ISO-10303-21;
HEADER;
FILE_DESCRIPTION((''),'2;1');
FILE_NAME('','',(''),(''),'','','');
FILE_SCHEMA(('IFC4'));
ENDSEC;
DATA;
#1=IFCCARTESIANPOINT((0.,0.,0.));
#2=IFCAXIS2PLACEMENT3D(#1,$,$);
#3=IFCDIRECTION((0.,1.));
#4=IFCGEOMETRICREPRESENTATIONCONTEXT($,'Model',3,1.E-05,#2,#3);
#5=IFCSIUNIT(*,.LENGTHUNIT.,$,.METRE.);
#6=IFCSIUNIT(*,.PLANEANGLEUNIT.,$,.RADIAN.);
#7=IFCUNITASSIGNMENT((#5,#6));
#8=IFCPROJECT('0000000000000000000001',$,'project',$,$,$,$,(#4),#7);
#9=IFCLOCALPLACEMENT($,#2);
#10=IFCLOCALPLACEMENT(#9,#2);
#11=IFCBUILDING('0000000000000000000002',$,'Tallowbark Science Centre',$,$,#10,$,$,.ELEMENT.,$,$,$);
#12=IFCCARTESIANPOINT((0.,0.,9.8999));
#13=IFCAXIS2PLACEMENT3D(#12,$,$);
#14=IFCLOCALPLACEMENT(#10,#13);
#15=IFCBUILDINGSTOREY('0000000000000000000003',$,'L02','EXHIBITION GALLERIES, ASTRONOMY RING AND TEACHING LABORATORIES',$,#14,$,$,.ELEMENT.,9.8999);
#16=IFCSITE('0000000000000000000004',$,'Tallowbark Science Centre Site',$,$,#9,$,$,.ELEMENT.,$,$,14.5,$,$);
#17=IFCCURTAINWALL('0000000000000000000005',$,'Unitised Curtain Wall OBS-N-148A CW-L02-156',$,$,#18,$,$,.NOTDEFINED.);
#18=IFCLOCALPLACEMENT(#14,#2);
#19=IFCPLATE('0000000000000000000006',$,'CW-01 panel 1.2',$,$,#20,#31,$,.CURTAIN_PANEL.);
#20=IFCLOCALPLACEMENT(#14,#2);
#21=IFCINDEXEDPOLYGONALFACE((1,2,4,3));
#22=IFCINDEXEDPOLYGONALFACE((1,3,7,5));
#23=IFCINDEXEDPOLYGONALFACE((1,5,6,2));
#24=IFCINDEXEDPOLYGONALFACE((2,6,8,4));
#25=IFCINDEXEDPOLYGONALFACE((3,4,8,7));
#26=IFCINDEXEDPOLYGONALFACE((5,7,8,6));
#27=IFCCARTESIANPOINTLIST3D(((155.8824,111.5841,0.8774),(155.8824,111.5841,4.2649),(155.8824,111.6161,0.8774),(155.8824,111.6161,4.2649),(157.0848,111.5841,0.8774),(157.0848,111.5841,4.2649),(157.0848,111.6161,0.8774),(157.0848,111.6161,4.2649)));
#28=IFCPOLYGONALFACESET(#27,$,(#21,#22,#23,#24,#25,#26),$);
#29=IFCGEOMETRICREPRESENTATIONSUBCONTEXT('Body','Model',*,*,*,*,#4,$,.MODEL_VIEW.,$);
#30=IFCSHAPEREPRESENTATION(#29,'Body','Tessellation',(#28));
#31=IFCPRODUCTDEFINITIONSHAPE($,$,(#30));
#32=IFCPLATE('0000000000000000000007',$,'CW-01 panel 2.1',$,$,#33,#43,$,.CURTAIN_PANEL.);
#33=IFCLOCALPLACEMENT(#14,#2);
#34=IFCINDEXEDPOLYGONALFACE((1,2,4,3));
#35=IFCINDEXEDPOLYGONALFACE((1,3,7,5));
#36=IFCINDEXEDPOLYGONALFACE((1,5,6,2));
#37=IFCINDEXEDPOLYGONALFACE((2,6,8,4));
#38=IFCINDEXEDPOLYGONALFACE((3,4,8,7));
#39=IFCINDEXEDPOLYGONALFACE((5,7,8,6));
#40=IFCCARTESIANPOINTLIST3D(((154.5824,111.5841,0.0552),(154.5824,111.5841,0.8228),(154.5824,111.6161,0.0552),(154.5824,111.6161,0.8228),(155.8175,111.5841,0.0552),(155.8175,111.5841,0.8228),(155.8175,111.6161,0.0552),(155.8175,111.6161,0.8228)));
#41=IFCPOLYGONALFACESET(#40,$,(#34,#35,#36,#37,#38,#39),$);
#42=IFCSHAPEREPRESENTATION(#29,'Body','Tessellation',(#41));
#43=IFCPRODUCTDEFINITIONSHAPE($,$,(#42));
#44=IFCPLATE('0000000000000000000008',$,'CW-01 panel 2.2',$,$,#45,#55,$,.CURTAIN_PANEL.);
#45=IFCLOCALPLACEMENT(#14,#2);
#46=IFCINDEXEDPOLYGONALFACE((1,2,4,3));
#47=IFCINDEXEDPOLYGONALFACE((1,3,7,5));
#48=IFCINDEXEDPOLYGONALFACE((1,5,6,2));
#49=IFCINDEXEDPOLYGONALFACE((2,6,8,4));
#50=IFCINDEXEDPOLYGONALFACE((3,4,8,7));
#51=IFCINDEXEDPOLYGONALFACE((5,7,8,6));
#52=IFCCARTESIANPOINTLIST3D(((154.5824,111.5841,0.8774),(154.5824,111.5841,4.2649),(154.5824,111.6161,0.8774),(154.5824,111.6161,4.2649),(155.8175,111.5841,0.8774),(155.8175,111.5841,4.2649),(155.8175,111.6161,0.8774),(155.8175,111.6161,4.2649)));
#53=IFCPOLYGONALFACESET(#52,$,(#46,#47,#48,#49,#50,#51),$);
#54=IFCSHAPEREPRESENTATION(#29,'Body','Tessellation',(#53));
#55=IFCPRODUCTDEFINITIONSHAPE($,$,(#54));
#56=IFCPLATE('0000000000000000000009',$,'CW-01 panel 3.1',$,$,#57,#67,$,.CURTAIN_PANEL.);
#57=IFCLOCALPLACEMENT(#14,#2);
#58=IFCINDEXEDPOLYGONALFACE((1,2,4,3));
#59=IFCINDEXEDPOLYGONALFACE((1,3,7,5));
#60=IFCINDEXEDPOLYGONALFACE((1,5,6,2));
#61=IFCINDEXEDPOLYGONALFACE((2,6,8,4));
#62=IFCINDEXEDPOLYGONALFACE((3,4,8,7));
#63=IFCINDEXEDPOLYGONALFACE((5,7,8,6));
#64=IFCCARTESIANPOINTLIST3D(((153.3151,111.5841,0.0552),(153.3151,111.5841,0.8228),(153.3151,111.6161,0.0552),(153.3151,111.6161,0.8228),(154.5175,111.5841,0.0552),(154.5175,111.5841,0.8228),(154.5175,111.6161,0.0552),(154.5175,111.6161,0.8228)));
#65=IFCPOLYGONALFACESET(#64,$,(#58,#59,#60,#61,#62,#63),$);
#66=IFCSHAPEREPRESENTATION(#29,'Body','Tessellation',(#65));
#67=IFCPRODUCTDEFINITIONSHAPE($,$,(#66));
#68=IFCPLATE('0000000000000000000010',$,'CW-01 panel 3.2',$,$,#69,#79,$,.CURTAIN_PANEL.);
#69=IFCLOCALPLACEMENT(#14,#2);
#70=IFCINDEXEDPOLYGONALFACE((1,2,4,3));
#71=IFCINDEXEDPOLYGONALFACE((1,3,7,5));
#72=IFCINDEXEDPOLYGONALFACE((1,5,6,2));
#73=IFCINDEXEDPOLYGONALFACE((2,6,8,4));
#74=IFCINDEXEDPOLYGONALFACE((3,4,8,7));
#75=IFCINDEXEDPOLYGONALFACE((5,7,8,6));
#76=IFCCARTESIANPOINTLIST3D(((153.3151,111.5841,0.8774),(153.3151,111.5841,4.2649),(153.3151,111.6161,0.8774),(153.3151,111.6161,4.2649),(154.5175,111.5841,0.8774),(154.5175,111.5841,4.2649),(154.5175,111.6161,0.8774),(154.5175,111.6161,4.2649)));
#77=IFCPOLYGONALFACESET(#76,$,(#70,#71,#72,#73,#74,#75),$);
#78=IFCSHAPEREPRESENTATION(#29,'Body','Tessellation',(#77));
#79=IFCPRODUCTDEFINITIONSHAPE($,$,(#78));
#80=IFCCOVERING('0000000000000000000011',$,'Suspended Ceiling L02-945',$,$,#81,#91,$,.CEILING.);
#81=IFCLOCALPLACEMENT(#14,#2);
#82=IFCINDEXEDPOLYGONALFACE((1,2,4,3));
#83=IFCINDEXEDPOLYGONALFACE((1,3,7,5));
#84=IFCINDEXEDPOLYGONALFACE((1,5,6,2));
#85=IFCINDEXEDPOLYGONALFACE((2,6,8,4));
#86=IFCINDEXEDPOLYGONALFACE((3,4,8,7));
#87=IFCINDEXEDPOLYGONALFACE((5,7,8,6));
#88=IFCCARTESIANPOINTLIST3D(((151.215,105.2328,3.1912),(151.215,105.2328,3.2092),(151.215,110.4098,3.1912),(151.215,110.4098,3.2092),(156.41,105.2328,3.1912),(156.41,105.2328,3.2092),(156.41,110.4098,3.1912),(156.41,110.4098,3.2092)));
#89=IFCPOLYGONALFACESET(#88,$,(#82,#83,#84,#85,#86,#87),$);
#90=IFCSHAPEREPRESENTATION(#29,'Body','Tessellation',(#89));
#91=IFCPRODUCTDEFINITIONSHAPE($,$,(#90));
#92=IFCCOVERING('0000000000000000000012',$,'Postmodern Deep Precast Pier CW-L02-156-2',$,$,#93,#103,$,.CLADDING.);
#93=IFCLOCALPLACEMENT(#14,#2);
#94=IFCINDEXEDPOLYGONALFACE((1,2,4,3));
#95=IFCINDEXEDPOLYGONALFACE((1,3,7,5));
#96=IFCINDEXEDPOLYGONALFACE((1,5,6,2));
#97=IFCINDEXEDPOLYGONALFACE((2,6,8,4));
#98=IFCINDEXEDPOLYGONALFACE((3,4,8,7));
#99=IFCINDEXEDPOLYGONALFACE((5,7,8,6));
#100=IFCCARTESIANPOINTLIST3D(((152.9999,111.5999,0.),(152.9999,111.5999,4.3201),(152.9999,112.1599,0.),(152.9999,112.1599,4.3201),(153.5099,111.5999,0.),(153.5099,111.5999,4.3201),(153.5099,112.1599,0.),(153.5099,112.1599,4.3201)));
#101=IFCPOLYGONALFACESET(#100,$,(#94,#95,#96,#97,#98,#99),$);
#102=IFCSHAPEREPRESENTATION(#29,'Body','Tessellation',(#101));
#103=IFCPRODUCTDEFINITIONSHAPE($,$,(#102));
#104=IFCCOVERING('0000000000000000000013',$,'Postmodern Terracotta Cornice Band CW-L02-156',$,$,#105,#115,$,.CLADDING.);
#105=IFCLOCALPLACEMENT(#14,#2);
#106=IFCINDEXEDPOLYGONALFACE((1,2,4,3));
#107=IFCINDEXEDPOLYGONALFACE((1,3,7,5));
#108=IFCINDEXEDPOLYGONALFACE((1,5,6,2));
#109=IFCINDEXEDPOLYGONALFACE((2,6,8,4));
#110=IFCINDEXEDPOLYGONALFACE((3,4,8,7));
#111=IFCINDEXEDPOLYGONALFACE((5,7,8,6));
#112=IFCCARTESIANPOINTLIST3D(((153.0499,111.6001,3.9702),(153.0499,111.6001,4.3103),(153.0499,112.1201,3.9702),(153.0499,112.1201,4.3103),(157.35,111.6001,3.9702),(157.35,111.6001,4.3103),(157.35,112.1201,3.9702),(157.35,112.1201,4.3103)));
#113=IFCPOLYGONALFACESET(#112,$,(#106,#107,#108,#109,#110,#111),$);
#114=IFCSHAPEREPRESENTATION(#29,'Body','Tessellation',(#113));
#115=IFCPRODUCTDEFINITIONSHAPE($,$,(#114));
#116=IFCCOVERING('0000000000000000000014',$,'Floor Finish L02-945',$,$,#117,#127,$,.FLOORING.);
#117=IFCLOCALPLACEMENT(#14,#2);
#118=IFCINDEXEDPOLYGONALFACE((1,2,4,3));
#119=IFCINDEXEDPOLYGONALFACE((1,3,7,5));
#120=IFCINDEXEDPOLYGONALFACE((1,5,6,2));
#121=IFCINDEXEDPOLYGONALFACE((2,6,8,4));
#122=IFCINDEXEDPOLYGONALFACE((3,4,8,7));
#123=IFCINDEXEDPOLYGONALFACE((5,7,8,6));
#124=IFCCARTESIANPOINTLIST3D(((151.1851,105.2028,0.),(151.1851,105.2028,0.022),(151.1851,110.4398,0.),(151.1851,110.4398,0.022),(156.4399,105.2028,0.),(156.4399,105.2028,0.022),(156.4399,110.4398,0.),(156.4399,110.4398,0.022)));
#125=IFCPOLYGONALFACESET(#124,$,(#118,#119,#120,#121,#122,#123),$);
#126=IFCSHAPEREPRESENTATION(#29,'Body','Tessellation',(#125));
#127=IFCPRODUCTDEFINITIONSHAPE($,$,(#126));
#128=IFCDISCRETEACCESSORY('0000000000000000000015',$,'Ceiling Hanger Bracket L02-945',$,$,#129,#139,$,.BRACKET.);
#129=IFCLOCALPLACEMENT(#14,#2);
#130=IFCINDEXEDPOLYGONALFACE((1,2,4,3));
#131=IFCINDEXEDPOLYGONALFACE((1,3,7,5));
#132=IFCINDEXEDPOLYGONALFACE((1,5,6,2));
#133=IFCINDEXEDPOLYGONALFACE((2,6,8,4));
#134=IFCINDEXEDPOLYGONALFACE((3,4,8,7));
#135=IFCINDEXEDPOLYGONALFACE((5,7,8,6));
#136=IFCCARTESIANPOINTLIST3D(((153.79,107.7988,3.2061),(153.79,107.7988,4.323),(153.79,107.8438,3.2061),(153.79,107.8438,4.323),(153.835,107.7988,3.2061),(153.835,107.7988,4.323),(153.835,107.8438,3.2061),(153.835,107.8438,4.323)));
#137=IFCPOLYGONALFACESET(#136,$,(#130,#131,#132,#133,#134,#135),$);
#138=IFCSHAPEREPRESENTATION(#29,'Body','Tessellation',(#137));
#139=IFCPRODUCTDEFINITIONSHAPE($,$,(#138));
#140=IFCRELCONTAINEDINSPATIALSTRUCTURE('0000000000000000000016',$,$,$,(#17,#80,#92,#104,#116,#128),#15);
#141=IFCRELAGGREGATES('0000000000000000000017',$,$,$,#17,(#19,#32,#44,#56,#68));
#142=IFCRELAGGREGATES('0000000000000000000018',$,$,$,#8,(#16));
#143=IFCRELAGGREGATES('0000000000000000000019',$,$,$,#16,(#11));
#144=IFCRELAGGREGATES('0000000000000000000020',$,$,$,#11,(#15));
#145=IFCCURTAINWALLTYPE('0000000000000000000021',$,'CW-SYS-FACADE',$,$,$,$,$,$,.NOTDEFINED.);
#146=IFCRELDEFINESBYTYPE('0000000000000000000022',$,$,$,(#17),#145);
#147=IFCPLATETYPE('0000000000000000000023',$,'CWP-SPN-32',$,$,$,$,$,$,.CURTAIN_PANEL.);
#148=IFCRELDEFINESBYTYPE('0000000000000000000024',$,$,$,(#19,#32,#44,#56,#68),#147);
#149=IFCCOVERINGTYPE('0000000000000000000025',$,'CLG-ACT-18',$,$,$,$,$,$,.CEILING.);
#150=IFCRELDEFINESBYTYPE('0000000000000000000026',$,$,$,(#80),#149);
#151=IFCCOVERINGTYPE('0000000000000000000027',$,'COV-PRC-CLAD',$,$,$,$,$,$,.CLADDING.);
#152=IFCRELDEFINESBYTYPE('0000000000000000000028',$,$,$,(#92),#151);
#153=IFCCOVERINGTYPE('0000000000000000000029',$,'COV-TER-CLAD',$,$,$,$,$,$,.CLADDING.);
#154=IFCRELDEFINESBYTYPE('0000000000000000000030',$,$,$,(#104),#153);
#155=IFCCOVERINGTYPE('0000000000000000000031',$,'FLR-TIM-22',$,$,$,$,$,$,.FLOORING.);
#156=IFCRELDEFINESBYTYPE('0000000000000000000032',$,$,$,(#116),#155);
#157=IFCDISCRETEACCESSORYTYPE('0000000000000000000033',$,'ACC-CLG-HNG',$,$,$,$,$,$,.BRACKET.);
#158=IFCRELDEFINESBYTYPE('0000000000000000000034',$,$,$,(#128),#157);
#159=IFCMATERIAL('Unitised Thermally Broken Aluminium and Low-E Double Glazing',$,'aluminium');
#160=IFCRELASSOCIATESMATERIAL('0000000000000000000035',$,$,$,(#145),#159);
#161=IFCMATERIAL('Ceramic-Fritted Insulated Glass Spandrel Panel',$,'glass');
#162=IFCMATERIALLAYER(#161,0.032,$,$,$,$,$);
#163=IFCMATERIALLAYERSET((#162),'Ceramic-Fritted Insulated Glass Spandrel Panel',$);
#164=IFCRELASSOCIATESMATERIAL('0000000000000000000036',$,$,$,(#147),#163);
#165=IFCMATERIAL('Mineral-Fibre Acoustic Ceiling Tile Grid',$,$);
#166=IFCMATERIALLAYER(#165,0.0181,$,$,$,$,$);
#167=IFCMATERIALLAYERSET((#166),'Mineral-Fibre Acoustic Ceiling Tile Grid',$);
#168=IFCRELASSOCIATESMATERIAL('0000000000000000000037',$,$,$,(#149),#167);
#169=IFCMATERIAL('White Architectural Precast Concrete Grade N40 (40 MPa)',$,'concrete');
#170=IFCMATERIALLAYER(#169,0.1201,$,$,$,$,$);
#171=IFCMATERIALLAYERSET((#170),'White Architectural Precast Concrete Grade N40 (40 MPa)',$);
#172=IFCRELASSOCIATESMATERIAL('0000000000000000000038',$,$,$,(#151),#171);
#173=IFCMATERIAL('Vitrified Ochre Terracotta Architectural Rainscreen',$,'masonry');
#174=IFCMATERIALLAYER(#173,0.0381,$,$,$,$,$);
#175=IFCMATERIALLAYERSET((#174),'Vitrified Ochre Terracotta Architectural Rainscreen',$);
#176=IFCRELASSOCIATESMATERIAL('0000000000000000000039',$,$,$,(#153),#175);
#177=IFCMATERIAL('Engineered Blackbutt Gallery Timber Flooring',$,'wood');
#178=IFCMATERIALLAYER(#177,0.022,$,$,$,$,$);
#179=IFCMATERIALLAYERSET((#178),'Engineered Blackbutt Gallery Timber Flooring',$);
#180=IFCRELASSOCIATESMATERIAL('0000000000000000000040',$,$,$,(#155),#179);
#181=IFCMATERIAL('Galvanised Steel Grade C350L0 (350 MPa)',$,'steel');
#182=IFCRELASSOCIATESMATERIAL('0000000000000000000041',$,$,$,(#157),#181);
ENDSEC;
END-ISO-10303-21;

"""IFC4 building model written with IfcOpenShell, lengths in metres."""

from ifc_helpers import new_model, si_unit, direction, frame, origin, origin_2d, place, context, subcontext, project, spatial, rectangle, extrude, material, layer, layer_set, type_object, element, aggregate, save


model = new_model("IFC4")

# Units and contexts
model_context = context("Model", 3, precision=1e-05, world=origin(), true_north=direction((0.0, 1.0)))
body_context = subcontext(model_context, "Body", "Model", "MODEL_VIEW")
ifc_project = project(units=[si_unit("LENGTHUNIT", "METRE"), si_unit("PLANEANGLEUNIT", "RADIAN")], contexts=[model_context])

# Site, building, storey
site_placement = place(None, origin())
site = spatial("IfcSite", under=ifc_project, at=site_placement, Name="Tallowbark Science Centre Site", CompositionType="ELEMENT", RefElevation=14.5)
building_placement = place(site_placement, origin())
building = spatial("IfcBuilding", under=site, at=building_placement, Name="Tallowbark Science Centre", CompositionType="ELEMENT")
storey_placement = place(building_placement, frame((0.0, 0.0, 9.8999)))
storey = spatial("IfcBuildingStorey", under=building, at=storey_placement, Name="L02", Description="EXHIBITION GALLERIES, ASTRONOMY RING AND TEACHING LABORATORIES", CompositionType="ELEMENT", Elevation=9.8999)

# Curtain wall, plates
ifc_material_1 = material(Name="Unitised Thermally Broken Aluminium and Low-E Double Glazing", Category="aluminium")
curtain_wall_type = type_object("IfcCurtainWallType", Name="CW-SYS-FACADE", PredefinedType="NOTDEFINED", material=ifc_material_1)
curtain_wall_placement = place(storey_placement, origin())
curtain_wall = element("IfcCurtainWall", 1, at=curtain_wall_placement, inside=storey, type_object=curtain_wall_type, Name="Unitised Curtain Wall OBS-N-148A CW-L02-156", PredefinedType="NOTDEFINED")
ifc_material_2 = material(Name="Ceramic-Fritted Insulated Glass Spandrel Panel", Category="glass")
ifc_layer_1 = layer(ifc_material_2, 0.032)
ifc_layer_set_1 = layer_set([ifc_layer_1], Name="Ceramic-Fritted Insulated Glass Spandrel Panel")
plate_type = type_object("IfcPlateType", Name="CWP-SPN-32", PredefinedType="CURTAIN_PANEL", material=ifc_layer_set_1)
plate_1_placement = place(storey_placement, frame((156.4836, 111.6001, 0.8774), z_axis=(0.0, 0.0, 1.0), x_axis=(-1.0, 0.0, 0.0)))
plate_1 = element("IfcPlate", 2, at=plate_1_placement, type_object=plate_type, Name="CW-01 panel 1.2", PredefinedType="CURTAIN_PANEL", context=body_context, shape_type="SweptSolid", body=[
    extrude(rectangle(XDim=1.2024, YDim=0.032, at=origin_2d()), origin(), (0.0, 0.0, 1.0), 3.3875),
])
plate_2_placement = place(storey_placement, frame((155.2, 111.6001, 0.0552), z_axis=(0.0, 0.0, 1.0), x_axis=(-1.0, 0.0, 0.0)))
plate_2 = element("IfcPlate", 3, at=plate_2_placement, type_object=plate_type, Name="CW-01 panel 2.1", PredefinedType="CURTAIN_PANEL", context=body_context, shape_type="SweptSolid", body=[
    extrude(rectangle(XDim=1.2351, YDim=0.032, at=origin_2d()), origin(), (0.0, 0.0, 1.0), 0.7676),
])
plate_3_placement = place(storey_placement, frame((155.2, 111.6001, 0.8774), z_axis=(0.0, 0.0, 1.0), x_axis=(-1.0, 0.0, 0.0)))
plate_3 = element("IfcPlate", 4, at=plate_3_placement, type_object=plate_type, Name="CW-01 panel 2.2", PredefinedType="CURTAIN_PANEL", context=body_context, shape_type="SweptSolid", body=[
    extrude(rectangle(XDim=1.2351, YDim=0.032, at=origin_2d()), origin(), (0.0, 0.0, 1.0), 3.3875),
])
plate_4_placement = place(storey_placement, frame((153.9163, 111.6001, 0.0552), z_axis=(0.0, 0.0, 1.0), x_axis=(-1.0, 0.0, 0.0)))
plate_4 = element("IfcPlate", 5, at=plate_4_placement, type_object=plate_type, Name="CW-01 panel 3.1", PredefinedType="CURTAIN_PANEL", context=body_context, shape_type="SweptSolid", body=[
    extrude(rectangle(XDim=1.2024, YDim=0.032, at=origin_2d()), origin(), (0.0, 0.0, 1.0), 0.7676),
])
plate_5_placement = place(storey_placement, frame((153.9163, 111.6001, 0.8774), z_axis=(0.0, 0.0, 1.0), x_axis=(-1.0, 0.0, 0.0)))
plate_5 = element("IfcPlate", 6, at=plate_5_placement, type_object=plate_type, Name="CW-01 panel 3.2", PredefinedType="CURTAIN_PANEL", context=body_context, shape_type="SweptSolid", body=[
    extrude(rectangle(XDim=1.2024, YDim=0.032, at=origin_2d()), origin(), (0.0, 0.0, 1.0), 3.3875),
])
aggregate(curtain_wall, [plate_1, plate_2, plate_3, plate_4, plate_5])

# Coverings
ifc_material_3 = material(Name="Mineral-Fibre Acoustic Ceiling Tile Grid")
ifc_layer_2 = layer(ifc_material_3, 0.0181)
ifc_layer_set_2 = layer_set([ifc_layer_2], Name="Mineral-Fibre Acoustic Ceiling Tile Grid")
covering_type_1 = type_object("IfcCoveringType", Name="CLG-ACT-18", PredefinedType="CEILING", material=ifc_layer_set_2)
covering_1_placement = place(storey_placement, frame((153.8125, 107.8213, 3.1912), z_axis=(0.0, 0.0, 1.0), x_axis=(1.0, 0.0, 0.0)))
element("IfcCovering", 7, at=covering_1_placement, inside=storey, type_object=covering_type_1, Name="Suspended Ceiling L02-945", PredefinedType="CEILING", context=body_context, shape_type="SweptSolid", body=[
    extrude(rectangle(XDim=5.1951, YDim=5.177, at=origin_2d()), origin(), (0.0, 0.0, 1.0), 0.0181),
])
ifc_material_4 = material(Name="White Architectural Precast Concrete Grade N40 (40 MPa)", Category="concrete")
ifc_layer_3 = layer(ifc_material_4, 0.1201)
ifc_layer_set_3 = layer_set([ifc_layer_3], Name="White Architectural Precast Concrete Grade N40 (40 MPa)")
covering_type_2 = type_object("IfcCoveringType", Name="COV-PRC-CLAD", PredefinedType="CLADDING", material=ifc_layer_set_3)
covering_2_placement = place(storey_placement, frame((153.2549, 111.8799, 0.0), z_axis=(0.0, 0.0, 1.0), x_axis=(-1.0, 0.0, 0.0)))
element("IfcCovering", 8, at=covering_2_placement, inside=storey, type_object=covering_type_2, Name="Postmodern Deep Precast Pier CW-L02-156-2", PredefinedType="CLADDING", context=body_context, shape_type="SweptSolid", body=[
    extrude(rectangle(XDim=0.51, YDim=0.5601, at=origin_2d()), origin(), (0.0, 0.0, 1.0), 4.3201),
])
ifc_material_5 = material(Name="Vitrified Ochre Terracotta Architectural Rainscreen", Category="masonry")
ifc_layer_4 = layer(ifc_material_5, 0.0381)
ifc_layer_set_4 = layer_set([ifc_layer_4], Name="Vitrified Ochre Terracotta Architectural Rainscreen")
covering_type_3 = type_object("IfcCoveringType", Name="COV-TER-CLAD", PredefinedType="CLADDING", material=ifc_layer_set_4)
covering_3_placement = place(storey_placement, frame((155.2, 111.8601, 3.9702), z_axis=(0.0, 0.0, 1.0), x_axis=(-1.0, 0.0, 0.0)))
element("IfcCovering", 9, at=covering_3_placement, inside=storey, type_object=covering_type_3, Name="Postmodern Terracotta Cornice Band CW-L02-156", PredefinedType="CLADDING", context=body_context, shape_type="SweptSolid", body=[
    extrude(rectangle(XDim=4.3, YDim=0.52, at=origin_2d()), origin(), (0.0, 0.0, 1.0), 0.3401),
])
ifc_material_6 = material(Name="Engineered Blackbutt Gallery Timber Flooring", Category="wood")
ifc_layer_5 = layer(ifc_material_6, 0.022)
ifc_layer_set_5 = layer_set([ifc_layer_5], Name="Engineered Blackbutt Gallery Timber Flooring")
covering_type_4 = type_object("IfcCoveringType", Name="FLR-TIM-22", PredefinedType="FLOORING", material=ifc_layer_set_5)
covering_4_placement = place(storey_placement, frame((153.8125, 107.8213, 0.0), z_axis=(0.0, 0.0, 1.0), x_axis=(1.0, 0.0, 0.0)))
element("IfcCovering", 10, at=covering_4_placement, inside=storey, type_object=covering_type_4, Name="Floor Finish L02-945", PredefinedType="FLOORING", context=body_context, shape_type="SweptSolid", body=[
    extrude(rectangle(XDim=5.2549, YDim=5.2371, at=origin_2d()), origin(), (0.0, 0.0, 1.0), 0.022),
])

# Discrete accessory
ifc_material_7 = material(Name="Galvanised Steel Grade C350L0 (350 MPa)", Category="steel")
discrete_accessory_type = type_object("IfcDiscreteAccessoryType", Name="ACC-CLG-HNG", PredefinedType="BRACKET", material=ifc_material_7)
discrete_accessory_placement = place(storey_placement, frame((153.8125, 107.8213, 3.2061), z_axis=(0.0, 0.0, 1.0), x_axis=(1.0, 0.0, 0.0)))
element("IfcDiscreteAccessory", 11, at=discrete_accessory_placement, inside=storey, type_object=discrete_accessory_type, Name="Ceiling Hanger Bracket L02-945", PredefinedType="BRACKET", context=body_context, shape_type="SweptSolid", body=[
    extrude(rectangle(XDim=0.0449, YDim=0.0449, at=origin_2d()), origin(), (0.0, 0.0, 1.0), 1.1169),
])

save(model, "model.ifc")
